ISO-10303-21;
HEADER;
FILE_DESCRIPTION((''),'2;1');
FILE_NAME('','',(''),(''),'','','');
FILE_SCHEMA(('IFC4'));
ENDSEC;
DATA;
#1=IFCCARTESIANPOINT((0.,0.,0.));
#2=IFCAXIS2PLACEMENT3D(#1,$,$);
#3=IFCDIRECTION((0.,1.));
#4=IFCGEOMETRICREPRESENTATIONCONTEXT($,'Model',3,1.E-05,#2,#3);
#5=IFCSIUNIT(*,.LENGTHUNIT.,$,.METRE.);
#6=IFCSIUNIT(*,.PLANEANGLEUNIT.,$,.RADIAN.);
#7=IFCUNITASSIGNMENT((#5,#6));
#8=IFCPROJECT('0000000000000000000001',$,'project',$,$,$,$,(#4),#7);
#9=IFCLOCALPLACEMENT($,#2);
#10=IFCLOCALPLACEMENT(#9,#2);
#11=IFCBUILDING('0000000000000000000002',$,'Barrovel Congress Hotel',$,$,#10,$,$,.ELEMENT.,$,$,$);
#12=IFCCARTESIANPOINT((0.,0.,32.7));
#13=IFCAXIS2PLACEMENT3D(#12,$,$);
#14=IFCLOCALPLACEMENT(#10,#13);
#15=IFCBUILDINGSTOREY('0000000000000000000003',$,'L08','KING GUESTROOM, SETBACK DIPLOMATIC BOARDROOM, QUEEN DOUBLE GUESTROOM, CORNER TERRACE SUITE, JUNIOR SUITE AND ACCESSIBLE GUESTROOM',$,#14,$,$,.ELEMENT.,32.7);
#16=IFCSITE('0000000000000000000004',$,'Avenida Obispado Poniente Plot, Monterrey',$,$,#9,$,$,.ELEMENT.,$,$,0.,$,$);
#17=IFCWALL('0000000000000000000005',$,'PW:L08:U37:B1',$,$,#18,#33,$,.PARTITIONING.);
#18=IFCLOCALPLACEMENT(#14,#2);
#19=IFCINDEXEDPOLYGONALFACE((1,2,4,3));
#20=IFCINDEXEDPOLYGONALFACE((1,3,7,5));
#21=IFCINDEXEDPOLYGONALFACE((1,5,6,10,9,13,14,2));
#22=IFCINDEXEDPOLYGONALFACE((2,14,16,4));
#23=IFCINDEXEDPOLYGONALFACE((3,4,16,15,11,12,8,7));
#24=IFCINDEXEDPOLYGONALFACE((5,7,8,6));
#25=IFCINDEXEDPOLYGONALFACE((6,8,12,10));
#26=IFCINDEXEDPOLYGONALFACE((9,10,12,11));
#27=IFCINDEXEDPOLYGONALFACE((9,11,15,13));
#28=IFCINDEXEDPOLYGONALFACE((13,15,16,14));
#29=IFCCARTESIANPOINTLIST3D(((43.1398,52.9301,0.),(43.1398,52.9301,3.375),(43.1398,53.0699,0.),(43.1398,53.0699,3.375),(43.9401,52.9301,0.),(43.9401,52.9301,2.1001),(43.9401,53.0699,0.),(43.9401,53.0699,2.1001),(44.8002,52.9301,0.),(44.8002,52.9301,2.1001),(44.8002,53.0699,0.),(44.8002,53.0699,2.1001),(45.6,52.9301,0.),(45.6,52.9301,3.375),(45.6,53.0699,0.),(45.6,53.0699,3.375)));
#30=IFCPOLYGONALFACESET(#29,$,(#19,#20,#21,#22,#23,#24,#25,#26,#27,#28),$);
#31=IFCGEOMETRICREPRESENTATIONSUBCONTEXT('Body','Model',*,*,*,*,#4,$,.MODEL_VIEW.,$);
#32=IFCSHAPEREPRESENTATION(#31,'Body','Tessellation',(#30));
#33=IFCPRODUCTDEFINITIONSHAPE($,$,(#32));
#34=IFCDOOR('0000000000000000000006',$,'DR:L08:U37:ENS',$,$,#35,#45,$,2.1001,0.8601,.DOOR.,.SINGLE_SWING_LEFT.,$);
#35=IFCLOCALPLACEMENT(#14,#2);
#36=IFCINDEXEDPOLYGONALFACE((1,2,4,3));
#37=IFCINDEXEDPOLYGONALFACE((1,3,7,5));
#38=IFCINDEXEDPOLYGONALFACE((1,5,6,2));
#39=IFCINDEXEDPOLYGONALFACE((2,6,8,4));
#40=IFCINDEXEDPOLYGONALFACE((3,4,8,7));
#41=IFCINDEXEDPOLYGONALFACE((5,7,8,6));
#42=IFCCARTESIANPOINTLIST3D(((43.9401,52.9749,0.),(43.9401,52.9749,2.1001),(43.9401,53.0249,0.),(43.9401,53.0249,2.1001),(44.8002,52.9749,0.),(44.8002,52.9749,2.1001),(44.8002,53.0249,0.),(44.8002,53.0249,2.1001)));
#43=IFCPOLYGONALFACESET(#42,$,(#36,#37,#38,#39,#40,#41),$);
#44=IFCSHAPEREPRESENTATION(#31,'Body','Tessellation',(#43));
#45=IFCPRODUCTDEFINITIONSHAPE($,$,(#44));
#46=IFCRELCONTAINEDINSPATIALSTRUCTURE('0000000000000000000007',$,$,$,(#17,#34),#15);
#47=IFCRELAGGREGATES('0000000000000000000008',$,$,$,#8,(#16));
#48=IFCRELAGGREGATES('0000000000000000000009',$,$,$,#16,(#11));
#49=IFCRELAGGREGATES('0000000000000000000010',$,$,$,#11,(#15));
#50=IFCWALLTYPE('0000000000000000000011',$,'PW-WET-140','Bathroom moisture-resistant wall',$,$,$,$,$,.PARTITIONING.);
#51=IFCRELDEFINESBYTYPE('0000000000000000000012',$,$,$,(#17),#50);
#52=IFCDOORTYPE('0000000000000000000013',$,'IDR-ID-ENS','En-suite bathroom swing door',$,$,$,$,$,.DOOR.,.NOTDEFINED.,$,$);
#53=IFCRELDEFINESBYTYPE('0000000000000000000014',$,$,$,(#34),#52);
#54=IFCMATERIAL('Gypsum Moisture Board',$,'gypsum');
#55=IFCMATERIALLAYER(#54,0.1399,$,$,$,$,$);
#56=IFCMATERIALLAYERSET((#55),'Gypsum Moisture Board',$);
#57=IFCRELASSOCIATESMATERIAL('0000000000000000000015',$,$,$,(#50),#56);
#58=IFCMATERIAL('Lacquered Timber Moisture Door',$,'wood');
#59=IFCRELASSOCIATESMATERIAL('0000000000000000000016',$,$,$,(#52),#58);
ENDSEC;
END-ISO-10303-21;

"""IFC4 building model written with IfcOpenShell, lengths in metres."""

from ifc_helpers import new_model, si_unit, direction, frame, frame_2d, origin, place, context, subcontext, project, spatial, rectangle, extrude, material, layer, layer_set, type_object, element, fill, save


model = new_model("IFC4")

# Units and contexts
model_context = context("Model", 3, precision=1e-05, world=origin(), true_north=direction((0.0, 1.0)))
body_context = subcontext(model_context, "Body", "Model", "MODEL_VIEW")
ifc_project = project(units=[si_unit("LENGTHUNIT", "METRE"), si_unit("PLANEANGLEUNIT", "RADIAN")], contexts=[model_context])

# Site, building, storey
site_placement = place(None, origin())
site = spatial("IfcSite", under=ifc_project, at=site_placement, Name="Avenida Obispado Poniente Plot, Monterrey", CompositionType="ELEMENT", RefElevation=0.0)
building_placement = place(site_placement, origin())
building = spatial("IfcBuilding", under=site, at=building_placement, Name="Barrovel Congress Hotel", CompositionType="ELEMENT")
storey_placement = place(building_placement, frame((0.0, 0.0, 32.7)))
storey = spatial("IfcBuildingStorey", under=building, at=storey_placement, Name="L08", Description="KING GUESTROOM, SETBACK DIPLOMATIC BOARDROOM, QUEEN DOUBLE GUESTROOM, CORNER TERRACE SUITE, JUNIOR SUITE AND ACCESSIBLE GUESTROOM", CompositionType="ELEMENT", Elevation=32.7)

# Wall, opening, door
ifc_material_1 = material(Name="Gypsum Moisture Board", Category="gypsum")
ifc_layer_1 = layer(ifc_material_1, 0.1399)
ifc_layer_set_1 = layer_set([ifc_layer_1], Name="Gypsum Moisture Board")
wall_type_1 = type_object("IfcWallType", Name="PW-WET-140", Description="Bathroom moisture-resistant wall", PredefinedType="PARTITIONING", material=ifc_layer_set_1)
ifc_material_2 = material(Name="Lacquered Timber Moisture Door", Category="wood")
door_type_1 = type_object("IfcDoorType", Name="IDR-ID-ENS", Description="En-suite bathroom swing door", OperationType="NOTDEFINED", PredefinedType="DOOR", material=ifc_material_2)
wall_1_placement = place(storey_placement, frame((43.1399, 53.0, 0.0), z_axis=(0.0, 0.0, 1.0), x_axis=(1.0, 0.0, 0.0)))
wall_1 = element("IfcWall", 1, at=wall_1_placement, inside=storey, type_object=wall_type_1, Name="PW:L08:U37:B1", PredefinedType="PARTITIONING", context=body_context, shape_type="SweptSolid", body=[
    extrude(rectangle(XDim=2.4602, YDim=0.1399, at=frame_2d((1.23, 0.0))), origin(), (0.0, 0.0, 1.0), 3.375),
])
opening_1_placement = place(wall_1_placement, frame((0.8, 0.0, 0.0)))
opening_1 = element("IfcOpeningElement", 2, at=opening_1_placement, cuts=wall_1, PredefinedType="OPENING", context=body_context, shape_type="SweptSolid", body=[
    extrude(rectangle(XDim=0.8601, YDim=2.1001, at=frame_2d((0.4302, 1.05))), frame((0.0, 0.0801, 0.0), z_axis=(0.0, -1.0, 0.0), x_axis=(1.0, 0.0, 0.0)), (0.0, 0.0, 1.0), 0.1599),
])
door_1_placement = place(opening_1_placement, origin())
door_1 = element("IfcDoor", 3, at=door_1_placement, inside=storey, type_object=door_type_1, Name="DR:L08:U37:ENS", OperationType="SINGLE_SWING_LEFT", OverallHeight=2.1001, OverallWidth=0.8601, PredefinedType="DOOR", context=body_context, shape_type="SweptSolid", body=[
    extrude(rectangle(XDim=0.8601, YDim=2.1001, at=frame_2d((0.4302, 1.05))), frame((0.0, 0.0249, 0.0), z_axis=(0.0, -1.0, 0.0), x_axis=(1.0, 0.0, 0.0)), (0.0, 0.0, 1.0), 0.05),
])
fill(opening_1, door_1)

save(model, "model.ifc")
